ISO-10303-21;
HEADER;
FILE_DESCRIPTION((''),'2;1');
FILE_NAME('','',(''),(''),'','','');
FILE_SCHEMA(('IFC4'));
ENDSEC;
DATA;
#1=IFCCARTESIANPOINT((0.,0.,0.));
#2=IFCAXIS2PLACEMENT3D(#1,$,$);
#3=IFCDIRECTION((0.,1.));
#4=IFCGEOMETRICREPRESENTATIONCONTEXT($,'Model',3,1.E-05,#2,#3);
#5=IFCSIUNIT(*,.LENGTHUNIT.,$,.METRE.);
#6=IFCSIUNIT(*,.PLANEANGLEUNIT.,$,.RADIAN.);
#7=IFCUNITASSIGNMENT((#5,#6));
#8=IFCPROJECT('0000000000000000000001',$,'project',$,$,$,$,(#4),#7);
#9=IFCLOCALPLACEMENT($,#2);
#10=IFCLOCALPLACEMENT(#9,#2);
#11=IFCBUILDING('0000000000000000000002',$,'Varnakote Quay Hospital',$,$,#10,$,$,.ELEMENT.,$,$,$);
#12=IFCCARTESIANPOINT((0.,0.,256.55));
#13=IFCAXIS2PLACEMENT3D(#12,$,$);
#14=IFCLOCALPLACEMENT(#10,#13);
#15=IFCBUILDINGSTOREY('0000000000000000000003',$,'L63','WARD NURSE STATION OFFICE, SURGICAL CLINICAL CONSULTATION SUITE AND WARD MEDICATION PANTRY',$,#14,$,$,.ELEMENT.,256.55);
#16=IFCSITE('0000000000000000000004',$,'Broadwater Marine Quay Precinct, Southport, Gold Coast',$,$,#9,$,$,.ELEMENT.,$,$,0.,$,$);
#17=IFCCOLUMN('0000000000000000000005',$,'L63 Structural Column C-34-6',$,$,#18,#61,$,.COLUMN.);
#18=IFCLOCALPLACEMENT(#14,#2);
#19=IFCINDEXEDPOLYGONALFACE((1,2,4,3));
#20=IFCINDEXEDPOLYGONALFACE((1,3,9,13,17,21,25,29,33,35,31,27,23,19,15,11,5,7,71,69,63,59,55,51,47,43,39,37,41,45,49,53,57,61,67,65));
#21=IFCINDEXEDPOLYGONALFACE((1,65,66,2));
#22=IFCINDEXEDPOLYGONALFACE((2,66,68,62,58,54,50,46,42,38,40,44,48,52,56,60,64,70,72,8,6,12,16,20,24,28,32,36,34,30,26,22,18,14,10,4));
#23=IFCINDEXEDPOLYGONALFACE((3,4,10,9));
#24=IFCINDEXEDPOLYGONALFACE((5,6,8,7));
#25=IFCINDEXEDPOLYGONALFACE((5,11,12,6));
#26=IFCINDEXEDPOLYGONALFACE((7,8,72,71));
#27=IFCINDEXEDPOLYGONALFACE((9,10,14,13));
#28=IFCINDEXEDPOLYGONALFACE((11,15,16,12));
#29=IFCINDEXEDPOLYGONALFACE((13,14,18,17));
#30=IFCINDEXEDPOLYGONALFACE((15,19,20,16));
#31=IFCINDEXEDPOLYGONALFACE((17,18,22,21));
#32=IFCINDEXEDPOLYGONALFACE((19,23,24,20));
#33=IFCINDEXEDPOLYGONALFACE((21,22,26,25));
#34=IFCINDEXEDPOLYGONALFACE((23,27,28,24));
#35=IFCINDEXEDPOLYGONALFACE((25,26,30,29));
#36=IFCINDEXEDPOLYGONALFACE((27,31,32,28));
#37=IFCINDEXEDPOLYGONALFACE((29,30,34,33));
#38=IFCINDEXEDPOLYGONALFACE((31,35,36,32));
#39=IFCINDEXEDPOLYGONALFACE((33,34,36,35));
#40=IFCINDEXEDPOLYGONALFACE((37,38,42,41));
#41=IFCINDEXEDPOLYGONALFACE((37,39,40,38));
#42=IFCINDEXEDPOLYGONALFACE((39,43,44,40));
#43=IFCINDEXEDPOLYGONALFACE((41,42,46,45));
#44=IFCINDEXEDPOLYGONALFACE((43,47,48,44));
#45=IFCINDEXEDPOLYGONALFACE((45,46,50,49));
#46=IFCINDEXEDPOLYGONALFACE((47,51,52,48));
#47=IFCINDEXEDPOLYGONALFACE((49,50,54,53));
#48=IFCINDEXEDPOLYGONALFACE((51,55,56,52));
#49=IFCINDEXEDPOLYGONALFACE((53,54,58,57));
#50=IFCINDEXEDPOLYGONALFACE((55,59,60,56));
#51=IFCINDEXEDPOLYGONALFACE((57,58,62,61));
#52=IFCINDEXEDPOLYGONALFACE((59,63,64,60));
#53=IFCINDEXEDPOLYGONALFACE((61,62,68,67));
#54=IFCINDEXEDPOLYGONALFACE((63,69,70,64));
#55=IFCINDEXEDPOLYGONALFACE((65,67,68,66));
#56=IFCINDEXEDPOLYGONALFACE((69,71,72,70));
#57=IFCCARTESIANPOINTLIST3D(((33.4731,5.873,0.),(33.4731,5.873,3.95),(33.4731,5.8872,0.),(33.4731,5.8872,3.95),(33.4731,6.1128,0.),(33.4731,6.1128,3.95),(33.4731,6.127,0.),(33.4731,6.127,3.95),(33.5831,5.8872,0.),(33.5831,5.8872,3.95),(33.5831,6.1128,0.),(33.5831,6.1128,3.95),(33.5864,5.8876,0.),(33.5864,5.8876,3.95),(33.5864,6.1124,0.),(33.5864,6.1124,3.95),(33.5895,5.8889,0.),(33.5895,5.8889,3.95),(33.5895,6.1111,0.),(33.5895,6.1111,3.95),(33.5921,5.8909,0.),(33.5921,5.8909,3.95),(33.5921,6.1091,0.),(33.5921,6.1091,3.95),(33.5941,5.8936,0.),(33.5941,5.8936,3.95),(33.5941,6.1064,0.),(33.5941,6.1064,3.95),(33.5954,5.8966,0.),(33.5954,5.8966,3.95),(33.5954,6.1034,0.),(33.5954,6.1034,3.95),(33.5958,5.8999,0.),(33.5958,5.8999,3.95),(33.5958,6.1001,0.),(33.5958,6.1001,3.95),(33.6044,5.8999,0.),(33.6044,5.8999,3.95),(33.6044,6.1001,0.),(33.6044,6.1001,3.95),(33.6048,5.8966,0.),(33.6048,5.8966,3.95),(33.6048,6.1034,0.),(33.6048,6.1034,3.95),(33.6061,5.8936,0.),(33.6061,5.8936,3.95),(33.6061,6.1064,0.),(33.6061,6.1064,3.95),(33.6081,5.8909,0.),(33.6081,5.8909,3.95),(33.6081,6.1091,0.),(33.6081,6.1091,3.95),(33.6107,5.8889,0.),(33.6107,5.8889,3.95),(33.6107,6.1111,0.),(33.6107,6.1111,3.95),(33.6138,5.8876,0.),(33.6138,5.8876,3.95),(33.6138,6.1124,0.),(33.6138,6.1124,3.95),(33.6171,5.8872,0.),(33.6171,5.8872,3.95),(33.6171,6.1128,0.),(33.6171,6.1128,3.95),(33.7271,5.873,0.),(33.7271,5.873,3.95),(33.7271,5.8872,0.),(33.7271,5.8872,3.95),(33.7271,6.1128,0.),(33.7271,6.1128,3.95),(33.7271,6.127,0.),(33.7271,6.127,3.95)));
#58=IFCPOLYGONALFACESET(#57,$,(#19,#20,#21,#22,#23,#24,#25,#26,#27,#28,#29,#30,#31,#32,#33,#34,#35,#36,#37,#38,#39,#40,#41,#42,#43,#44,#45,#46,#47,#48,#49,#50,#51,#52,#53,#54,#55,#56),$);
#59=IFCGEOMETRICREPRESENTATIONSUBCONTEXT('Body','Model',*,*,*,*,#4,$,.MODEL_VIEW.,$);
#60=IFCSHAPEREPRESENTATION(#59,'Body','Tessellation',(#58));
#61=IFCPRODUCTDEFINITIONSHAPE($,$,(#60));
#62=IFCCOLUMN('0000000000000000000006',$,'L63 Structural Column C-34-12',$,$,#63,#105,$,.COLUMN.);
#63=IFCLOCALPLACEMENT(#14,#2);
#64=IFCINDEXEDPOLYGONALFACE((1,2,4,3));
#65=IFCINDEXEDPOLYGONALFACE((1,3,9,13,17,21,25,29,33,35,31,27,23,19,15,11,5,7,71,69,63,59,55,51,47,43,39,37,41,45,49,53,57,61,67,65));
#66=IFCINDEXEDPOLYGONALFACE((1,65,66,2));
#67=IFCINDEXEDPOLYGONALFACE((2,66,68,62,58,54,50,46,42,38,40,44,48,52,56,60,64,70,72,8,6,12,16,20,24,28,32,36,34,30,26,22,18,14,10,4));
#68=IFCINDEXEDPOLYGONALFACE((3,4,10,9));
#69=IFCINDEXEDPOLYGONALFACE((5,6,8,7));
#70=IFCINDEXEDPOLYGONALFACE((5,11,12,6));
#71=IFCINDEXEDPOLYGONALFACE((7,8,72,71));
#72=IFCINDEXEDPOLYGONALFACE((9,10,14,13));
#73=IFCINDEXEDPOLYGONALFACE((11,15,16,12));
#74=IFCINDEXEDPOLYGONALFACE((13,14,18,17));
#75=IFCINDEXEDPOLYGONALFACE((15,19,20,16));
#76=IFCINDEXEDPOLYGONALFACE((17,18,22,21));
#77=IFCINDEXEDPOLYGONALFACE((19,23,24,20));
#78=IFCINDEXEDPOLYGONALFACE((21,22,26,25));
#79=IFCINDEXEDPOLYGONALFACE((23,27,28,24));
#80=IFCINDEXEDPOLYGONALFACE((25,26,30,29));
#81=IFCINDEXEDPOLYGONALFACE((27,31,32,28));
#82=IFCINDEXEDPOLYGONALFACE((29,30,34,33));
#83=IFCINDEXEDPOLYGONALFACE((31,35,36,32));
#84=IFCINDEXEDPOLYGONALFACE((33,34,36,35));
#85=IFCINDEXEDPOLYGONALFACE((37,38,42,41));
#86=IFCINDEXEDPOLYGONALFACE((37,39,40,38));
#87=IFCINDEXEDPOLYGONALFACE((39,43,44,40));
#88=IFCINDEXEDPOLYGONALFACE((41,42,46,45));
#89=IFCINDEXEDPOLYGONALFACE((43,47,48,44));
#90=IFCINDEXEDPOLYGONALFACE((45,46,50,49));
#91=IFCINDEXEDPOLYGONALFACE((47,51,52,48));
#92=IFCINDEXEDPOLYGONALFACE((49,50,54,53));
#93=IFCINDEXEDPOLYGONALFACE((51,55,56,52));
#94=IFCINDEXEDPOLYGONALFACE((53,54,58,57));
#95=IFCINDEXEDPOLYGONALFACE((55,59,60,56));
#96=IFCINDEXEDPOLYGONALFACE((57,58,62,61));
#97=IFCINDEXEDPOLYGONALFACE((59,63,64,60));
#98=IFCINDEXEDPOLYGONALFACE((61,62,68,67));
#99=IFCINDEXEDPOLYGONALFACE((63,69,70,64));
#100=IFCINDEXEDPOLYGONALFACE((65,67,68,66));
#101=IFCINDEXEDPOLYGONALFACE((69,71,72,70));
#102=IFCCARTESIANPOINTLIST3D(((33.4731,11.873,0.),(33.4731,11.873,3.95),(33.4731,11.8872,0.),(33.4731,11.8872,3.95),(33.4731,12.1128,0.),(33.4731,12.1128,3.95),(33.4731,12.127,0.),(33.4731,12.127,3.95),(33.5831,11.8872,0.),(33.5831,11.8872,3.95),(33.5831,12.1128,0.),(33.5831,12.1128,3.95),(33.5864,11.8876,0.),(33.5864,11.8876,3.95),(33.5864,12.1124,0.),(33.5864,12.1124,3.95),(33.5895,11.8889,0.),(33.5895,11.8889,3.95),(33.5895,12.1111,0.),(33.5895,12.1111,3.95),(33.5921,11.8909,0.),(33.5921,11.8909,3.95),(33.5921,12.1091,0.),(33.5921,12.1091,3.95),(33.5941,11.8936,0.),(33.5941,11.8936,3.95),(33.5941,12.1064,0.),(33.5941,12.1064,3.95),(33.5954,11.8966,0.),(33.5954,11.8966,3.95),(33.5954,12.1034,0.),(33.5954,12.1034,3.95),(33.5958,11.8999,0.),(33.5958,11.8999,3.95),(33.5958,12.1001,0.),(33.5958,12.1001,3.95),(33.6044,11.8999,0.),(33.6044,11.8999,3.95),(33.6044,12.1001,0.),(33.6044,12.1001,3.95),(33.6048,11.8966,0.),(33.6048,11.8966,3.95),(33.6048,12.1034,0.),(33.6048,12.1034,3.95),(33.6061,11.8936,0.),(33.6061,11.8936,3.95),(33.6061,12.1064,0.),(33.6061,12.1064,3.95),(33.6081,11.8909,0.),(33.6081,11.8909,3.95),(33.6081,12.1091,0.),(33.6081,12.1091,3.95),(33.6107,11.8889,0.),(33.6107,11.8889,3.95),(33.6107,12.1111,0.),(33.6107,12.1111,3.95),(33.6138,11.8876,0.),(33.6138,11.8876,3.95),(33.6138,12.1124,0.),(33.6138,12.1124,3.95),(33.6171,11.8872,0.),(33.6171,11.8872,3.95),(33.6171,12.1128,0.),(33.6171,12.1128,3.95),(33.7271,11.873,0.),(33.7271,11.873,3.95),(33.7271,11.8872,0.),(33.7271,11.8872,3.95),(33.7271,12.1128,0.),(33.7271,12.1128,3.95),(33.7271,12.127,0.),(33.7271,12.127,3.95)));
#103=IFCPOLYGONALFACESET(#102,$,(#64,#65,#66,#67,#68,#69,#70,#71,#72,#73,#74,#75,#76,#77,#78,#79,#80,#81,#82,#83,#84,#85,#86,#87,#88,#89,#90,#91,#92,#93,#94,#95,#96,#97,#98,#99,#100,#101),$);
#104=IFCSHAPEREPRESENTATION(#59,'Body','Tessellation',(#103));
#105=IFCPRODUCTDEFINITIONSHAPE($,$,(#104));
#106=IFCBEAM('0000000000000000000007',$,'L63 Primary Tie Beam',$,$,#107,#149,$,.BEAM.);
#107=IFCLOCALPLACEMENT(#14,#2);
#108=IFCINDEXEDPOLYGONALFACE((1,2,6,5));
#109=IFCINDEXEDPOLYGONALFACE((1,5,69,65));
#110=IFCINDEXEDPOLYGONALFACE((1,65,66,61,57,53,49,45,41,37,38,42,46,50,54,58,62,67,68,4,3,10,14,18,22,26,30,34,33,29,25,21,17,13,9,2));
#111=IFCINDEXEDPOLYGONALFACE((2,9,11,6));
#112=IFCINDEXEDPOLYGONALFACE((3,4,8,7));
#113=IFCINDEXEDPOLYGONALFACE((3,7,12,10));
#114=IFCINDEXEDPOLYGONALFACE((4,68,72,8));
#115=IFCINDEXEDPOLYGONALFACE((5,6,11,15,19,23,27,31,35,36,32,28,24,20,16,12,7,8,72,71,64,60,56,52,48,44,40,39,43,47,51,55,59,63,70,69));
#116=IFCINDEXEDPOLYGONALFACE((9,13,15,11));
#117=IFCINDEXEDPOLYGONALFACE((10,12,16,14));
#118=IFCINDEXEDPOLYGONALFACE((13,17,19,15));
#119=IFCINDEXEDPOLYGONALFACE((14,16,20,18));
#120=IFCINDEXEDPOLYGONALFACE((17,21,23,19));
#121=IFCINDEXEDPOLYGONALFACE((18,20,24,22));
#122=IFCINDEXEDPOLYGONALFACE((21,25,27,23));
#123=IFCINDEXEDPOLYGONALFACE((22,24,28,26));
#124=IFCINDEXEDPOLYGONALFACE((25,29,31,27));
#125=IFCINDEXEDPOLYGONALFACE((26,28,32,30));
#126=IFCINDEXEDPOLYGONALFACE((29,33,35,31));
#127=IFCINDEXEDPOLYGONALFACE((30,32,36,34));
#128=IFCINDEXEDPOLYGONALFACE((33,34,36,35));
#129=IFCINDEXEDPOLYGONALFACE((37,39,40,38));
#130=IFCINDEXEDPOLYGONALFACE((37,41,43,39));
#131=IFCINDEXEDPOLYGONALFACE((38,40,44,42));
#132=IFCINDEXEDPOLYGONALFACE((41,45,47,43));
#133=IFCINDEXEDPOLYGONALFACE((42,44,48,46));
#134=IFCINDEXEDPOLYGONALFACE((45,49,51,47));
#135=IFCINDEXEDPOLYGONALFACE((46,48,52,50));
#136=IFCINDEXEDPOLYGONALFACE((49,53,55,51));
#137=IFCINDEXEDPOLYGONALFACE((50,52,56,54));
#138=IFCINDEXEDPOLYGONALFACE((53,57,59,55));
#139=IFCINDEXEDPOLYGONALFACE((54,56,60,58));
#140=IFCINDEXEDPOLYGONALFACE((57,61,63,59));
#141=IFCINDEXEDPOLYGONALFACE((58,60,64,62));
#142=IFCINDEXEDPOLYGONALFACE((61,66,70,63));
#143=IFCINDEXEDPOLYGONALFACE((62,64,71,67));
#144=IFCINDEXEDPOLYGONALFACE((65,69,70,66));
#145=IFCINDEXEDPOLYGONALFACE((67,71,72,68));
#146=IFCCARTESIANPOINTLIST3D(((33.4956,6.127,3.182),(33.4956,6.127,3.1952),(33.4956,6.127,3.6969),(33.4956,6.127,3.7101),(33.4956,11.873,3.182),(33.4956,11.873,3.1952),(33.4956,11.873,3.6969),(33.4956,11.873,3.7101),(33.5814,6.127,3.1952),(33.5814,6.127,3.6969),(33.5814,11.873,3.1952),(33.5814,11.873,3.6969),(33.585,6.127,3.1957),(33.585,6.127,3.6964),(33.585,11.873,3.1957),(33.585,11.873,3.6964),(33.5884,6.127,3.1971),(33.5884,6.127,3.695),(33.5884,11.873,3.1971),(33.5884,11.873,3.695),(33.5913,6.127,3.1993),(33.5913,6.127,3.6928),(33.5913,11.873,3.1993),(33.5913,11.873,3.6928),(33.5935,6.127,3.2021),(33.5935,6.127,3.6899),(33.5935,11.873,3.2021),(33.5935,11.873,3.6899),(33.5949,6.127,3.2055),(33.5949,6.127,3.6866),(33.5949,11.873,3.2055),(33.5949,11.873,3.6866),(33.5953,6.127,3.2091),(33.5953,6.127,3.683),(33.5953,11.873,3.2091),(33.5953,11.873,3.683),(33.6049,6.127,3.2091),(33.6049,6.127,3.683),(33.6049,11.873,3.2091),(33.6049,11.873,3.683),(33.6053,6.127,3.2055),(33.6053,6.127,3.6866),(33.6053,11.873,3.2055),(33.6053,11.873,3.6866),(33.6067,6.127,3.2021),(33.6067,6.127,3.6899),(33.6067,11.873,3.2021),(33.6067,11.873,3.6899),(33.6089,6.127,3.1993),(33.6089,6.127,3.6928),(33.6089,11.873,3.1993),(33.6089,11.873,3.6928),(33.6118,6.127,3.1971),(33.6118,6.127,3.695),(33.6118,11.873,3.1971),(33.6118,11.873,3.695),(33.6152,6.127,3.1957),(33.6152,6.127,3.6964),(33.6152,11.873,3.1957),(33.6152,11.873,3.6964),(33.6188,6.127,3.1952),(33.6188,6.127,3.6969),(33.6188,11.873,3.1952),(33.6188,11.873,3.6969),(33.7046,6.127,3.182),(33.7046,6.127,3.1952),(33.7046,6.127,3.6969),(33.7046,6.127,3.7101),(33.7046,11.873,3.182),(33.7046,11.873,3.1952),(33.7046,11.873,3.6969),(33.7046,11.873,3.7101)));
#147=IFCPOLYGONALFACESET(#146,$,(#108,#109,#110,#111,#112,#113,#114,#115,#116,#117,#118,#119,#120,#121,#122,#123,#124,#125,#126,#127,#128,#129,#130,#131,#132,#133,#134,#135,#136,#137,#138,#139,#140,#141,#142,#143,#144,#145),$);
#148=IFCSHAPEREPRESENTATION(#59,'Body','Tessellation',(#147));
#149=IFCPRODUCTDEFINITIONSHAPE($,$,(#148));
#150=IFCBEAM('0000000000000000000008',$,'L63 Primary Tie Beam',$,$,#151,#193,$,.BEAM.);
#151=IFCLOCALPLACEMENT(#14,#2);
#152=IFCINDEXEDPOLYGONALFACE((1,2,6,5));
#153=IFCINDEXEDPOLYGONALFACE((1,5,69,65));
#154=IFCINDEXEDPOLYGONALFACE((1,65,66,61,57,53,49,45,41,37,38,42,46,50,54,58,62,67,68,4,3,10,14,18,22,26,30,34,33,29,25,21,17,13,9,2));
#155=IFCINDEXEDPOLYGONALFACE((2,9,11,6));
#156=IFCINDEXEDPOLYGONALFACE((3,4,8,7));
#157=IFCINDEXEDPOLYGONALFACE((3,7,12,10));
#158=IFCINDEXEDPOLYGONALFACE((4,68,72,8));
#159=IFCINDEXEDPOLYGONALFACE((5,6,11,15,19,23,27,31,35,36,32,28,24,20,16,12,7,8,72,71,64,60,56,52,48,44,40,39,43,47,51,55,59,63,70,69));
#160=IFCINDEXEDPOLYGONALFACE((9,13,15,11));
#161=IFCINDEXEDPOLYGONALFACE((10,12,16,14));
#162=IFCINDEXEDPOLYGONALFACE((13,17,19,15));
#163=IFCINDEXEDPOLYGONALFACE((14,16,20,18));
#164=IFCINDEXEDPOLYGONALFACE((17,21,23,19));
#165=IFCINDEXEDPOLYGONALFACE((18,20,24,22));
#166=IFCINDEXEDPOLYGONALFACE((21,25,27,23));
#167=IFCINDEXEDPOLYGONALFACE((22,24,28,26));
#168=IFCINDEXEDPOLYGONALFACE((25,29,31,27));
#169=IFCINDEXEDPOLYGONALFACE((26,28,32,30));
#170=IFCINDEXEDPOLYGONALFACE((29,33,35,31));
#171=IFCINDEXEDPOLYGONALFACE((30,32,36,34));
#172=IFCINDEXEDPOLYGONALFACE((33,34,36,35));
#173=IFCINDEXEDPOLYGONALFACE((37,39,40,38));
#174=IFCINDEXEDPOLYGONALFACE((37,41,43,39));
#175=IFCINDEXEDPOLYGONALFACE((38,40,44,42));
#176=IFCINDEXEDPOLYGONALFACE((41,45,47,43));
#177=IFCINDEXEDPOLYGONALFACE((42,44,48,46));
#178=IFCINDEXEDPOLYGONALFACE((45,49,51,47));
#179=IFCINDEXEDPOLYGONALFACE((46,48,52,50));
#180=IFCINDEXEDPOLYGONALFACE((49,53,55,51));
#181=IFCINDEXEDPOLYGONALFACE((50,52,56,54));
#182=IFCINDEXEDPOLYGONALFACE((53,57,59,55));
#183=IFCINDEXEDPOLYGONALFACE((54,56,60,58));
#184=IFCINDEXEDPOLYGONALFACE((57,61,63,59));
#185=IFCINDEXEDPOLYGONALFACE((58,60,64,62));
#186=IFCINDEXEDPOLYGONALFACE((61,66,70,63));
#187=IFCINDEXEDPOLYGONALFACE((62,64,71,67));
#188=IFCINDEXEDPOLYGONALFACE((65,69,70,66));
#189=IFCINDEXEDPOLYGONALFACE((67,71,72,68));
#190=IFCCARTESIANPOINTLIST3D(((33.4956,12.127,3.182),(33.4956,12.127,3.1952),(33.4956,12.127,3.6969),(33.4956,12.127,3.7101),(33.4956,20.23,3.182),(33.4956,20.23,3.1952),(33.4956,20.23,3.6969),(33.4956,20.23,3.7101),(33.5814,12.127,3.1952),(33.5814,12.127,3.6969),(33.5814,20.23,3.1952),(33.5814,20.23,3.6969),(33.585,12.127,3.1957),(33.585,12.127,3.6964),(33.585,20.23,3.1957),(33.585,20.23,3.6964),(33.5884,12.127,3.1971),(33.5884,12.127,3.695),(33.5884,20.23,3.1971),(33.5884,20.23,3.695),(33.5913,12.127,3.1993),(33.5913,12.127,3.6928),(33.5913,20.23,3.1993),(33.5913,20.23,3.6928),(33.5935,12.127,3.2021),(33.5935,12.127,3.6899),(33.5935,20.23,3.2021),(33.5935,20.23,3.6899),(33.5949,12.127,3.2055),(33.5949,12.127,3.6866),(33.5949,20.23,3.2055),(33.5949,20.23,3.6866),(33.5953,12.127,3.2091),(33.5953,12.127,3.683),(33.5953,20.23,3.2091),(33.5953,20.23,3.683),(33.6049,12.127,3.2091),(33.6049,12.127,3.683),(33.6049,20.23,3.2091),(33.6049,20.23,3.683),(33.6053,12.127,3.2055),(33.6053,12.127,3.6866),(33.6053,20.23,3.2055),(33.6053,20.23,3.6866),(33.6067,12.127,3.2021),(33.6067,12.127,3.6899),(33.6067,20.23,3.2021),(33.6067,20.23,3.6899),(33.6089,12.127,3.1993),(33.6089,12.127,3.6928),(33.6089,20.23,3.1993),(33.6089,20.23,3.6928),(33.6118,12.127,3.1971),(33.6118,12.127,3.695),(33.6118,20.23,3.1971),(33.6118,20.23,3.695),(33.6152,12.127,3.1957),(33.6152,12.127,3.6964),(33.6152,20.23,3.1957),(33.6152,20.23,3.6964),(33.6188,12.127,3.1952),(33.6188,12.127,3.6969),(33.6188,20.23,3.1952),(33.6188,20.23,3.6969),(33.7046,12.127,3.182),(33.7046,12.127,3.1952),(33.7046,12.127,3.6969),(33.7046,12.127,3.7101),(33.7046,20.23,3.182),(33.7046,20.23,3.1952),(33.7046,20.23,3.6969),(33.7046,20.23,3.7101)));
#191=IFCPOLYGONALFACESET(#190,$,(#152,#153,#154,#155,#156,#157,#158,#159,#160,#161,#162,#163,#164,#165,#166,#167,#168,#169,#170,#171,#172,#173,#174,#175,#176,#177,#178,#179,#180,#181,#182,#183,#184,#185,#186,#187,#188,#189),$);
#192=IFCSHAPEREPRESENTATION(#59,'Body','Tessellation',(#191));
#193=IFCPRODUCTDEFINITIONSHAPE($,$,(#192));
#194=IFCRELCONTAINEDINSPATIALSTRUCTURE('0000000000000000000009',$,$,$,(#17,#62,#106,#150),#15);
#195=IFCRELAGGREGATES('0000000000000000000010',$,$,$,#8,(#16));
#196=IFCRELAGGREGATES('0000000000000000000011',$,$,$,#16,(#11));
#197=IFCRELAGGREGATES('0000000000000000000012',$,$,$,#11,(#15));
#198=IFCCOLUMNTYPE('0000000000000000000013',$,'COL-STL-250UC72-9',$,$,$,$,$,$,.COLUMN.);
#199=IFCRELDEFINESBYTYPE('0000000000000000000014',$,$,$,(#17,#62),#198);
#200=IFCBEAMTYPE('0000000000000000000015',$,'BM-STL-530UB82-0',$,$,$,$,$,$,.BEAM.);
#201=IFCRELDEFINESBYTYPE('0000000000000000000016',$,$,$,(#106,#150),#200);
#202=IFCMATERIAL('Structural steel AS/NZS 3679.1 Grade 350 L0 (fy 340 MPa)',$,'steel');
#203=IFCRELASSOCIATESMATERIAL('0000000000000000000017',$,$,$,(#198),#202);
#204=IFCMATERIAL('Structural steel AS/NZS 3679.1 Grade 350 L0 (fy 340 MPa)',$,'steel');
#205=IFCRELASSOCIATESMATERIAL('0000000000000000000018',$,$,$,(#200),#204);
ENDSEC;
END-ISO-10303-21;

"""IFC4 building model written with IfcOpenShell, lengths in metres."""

from ifc_helpers import new_model, si_unit, direction, frame, origin, origin_2d, place, context, subcontext, project, spatial, i_section, extrude, material, material_profile, profile_set, type_object, element, save


model = new_model("IFC4")

# Units and contexts
model_context = context("Model", 3, precision=1e-05, world=origin(), true_north=direction((0.0, 1.0)))
body_context = subcontext(model_context, "Body", "Model", "MODEL_VIEW")
ifc_project = project(units=[si_unit("LENGTHUNIT", "METRE"), si_unit("PLANEANGLEUNIT", "RADIAN")], contexts=[model_context])

# Site, building, storey
site_placement = place(None, origin())
site = spatial("IfcSite", under=ifc_project, at=site_placement, Name="Broadwater Marine Quay Precinct, Southport, Gold Coast", CompositionType="ELEMENT", RefElevation=0.0)
building_placement = place(site_placement, origin())
building = spatial("IfcBuilding", under=site, at=building_placement, Name="Varnakote Quay Hospital", CompositionType="ELEMENT")
storey_placement = place(building_placement, frame((0.0, 0.0, 256.55)))
storey = spatial("IfcBuildingStorey", under=building, at=storey_placement, Name="L63", Description="WARD NURSE STATION OFFICE, SURGICAL CLINICAL CONSULTATION SUITE AND WARD MEDICATION PANTRY", CompositionType="ELEMENT", Elevation=256.55)

# Columns
ifc_material_1 = material(Name="Structural steel AS/NZS 3679.1 Grade 350 L0 (fy 340 MPa)", Category="steel")
ifc_material_profile_1 = material_profile(ifc_material_1, i_section(OverallWidth=0.2539, OverallDepth=0.2539, WebThickness=0.0085, FlangeThickness=0.0142, FilletRadius=0.0127, at=origin_2d()), Name="250UC72.9")
ifc_profile_set_1 = profile_set([ifc_material_profile_1], Name="Structural steel AS/NZS 3679.1 Grade 350 L0 (fy 340 MPa)")
column_type = type_object("IfcColumnType", Name="COL-STL-250UC72-9", PredefinedType="COLUMN", material=ifc_profile_set_1)
for number, where, z_axis, x_axis, name in (
    (1, (33.6001, 6.0, 0.0), (0.0, 0.0, 1.0), (1.0, 0.0, 0.0), "L63 Structural Column C-34-6"),
    (2, (33.6001, 12.0, 0.0), (0.0, 0.0, 1.0), (1.0, 0.0, 0.0), "L63 Structural Column C-34-12"),
):
    element("IfcColumn", number, at=place(storey_placement, frame(where, z_axis=z_axis, x_axis=x_axis)), inside=storey, type_object=column_type, Name=name, PredefinedType="COLUMN", context=body_context, shape_type="SweptSolid", body=[
        extrude(i_section(OverallWidth=0.2539, OverallDepth=0.2539, WebThickness=0.0085, FlangeThickness=0.0142, FilletRadius=0.0127, at=origin_2d()), origin(), (0.0, 0.0, 1.0), 3.95),
    ])

# Beams
ifc_material_2 = material(Name="Structural steel AS/NZS 3679.1 Grade 350 L0 (fy 340 MPa)", Category="steel")
ifc_material_profile_2 = material_profile(ifc_material_2, i_section(OverallWidth=0.209, OverallDepth=0.5281, WebThickness=0.0095, FlangeThickness=0.0132, FilletRadius=0.0139, at=origin_2d()), Name="530UB82.0")
ifc_profile_set_2 = profile_set([ifc_material_profile_2], Name="Structural steel AS/NZS 3679.1 Grade 350 L0 (fy 340 MPa)")
beam_type = type_object("IfcBeamType", Name="BM-STL-530UB82-0", PredefinedType="BEAM", material=ifc_profile_set_2)
beam_1_placement = place(storey_placement, frame((33.6001, 6.127, 3.446), z_axis=(0.0, 1.0, 0.0), x_axis=(-1.0, 0.0, 0.0)))
element("IfcBeam", 3, at=beam_1_placement, inside=storey, type_object=beam_type, Name="L63 Primary Tie Beam", PredefinedType="BEAM", context=body_context, shape_type="SweptSolid", body=[
    extrude(i_section(OverallWidth=0.209, OverallDepth=0.5281, WebThickness=0.0095, FlangeThickness=0.0132, FilletRadius=0.0139, at=origin_2d()), origin(), (0.0, 0.0, 1.0), 5.7461),
])
beam_2_placement = place(storey_placement, frame((33.6001, 12.127, 3.446), z_axis=(0.0, 1.0, 0.0), x_axis=(-1.0, 0.0, 0.0)))
element("IfcBeam", 4, at=beam_2_placement, inside=storey, type_object=beam_type, Name="L63 Primary Tie Beam", PredefinedType="BEAM", context=body_context, shape_type="SweptSolid", body=[
    extrude(i_section(OverallWidth=0.209, OverallDepth=0.5281, WebThickness=0.0095, FlangeThickness=0.0132, FilletRadius=0.0139, at=origin_2d()), origin(), (0.0, 0.0, 1.0), 8.103),
])

save(model, "model.ifc")
